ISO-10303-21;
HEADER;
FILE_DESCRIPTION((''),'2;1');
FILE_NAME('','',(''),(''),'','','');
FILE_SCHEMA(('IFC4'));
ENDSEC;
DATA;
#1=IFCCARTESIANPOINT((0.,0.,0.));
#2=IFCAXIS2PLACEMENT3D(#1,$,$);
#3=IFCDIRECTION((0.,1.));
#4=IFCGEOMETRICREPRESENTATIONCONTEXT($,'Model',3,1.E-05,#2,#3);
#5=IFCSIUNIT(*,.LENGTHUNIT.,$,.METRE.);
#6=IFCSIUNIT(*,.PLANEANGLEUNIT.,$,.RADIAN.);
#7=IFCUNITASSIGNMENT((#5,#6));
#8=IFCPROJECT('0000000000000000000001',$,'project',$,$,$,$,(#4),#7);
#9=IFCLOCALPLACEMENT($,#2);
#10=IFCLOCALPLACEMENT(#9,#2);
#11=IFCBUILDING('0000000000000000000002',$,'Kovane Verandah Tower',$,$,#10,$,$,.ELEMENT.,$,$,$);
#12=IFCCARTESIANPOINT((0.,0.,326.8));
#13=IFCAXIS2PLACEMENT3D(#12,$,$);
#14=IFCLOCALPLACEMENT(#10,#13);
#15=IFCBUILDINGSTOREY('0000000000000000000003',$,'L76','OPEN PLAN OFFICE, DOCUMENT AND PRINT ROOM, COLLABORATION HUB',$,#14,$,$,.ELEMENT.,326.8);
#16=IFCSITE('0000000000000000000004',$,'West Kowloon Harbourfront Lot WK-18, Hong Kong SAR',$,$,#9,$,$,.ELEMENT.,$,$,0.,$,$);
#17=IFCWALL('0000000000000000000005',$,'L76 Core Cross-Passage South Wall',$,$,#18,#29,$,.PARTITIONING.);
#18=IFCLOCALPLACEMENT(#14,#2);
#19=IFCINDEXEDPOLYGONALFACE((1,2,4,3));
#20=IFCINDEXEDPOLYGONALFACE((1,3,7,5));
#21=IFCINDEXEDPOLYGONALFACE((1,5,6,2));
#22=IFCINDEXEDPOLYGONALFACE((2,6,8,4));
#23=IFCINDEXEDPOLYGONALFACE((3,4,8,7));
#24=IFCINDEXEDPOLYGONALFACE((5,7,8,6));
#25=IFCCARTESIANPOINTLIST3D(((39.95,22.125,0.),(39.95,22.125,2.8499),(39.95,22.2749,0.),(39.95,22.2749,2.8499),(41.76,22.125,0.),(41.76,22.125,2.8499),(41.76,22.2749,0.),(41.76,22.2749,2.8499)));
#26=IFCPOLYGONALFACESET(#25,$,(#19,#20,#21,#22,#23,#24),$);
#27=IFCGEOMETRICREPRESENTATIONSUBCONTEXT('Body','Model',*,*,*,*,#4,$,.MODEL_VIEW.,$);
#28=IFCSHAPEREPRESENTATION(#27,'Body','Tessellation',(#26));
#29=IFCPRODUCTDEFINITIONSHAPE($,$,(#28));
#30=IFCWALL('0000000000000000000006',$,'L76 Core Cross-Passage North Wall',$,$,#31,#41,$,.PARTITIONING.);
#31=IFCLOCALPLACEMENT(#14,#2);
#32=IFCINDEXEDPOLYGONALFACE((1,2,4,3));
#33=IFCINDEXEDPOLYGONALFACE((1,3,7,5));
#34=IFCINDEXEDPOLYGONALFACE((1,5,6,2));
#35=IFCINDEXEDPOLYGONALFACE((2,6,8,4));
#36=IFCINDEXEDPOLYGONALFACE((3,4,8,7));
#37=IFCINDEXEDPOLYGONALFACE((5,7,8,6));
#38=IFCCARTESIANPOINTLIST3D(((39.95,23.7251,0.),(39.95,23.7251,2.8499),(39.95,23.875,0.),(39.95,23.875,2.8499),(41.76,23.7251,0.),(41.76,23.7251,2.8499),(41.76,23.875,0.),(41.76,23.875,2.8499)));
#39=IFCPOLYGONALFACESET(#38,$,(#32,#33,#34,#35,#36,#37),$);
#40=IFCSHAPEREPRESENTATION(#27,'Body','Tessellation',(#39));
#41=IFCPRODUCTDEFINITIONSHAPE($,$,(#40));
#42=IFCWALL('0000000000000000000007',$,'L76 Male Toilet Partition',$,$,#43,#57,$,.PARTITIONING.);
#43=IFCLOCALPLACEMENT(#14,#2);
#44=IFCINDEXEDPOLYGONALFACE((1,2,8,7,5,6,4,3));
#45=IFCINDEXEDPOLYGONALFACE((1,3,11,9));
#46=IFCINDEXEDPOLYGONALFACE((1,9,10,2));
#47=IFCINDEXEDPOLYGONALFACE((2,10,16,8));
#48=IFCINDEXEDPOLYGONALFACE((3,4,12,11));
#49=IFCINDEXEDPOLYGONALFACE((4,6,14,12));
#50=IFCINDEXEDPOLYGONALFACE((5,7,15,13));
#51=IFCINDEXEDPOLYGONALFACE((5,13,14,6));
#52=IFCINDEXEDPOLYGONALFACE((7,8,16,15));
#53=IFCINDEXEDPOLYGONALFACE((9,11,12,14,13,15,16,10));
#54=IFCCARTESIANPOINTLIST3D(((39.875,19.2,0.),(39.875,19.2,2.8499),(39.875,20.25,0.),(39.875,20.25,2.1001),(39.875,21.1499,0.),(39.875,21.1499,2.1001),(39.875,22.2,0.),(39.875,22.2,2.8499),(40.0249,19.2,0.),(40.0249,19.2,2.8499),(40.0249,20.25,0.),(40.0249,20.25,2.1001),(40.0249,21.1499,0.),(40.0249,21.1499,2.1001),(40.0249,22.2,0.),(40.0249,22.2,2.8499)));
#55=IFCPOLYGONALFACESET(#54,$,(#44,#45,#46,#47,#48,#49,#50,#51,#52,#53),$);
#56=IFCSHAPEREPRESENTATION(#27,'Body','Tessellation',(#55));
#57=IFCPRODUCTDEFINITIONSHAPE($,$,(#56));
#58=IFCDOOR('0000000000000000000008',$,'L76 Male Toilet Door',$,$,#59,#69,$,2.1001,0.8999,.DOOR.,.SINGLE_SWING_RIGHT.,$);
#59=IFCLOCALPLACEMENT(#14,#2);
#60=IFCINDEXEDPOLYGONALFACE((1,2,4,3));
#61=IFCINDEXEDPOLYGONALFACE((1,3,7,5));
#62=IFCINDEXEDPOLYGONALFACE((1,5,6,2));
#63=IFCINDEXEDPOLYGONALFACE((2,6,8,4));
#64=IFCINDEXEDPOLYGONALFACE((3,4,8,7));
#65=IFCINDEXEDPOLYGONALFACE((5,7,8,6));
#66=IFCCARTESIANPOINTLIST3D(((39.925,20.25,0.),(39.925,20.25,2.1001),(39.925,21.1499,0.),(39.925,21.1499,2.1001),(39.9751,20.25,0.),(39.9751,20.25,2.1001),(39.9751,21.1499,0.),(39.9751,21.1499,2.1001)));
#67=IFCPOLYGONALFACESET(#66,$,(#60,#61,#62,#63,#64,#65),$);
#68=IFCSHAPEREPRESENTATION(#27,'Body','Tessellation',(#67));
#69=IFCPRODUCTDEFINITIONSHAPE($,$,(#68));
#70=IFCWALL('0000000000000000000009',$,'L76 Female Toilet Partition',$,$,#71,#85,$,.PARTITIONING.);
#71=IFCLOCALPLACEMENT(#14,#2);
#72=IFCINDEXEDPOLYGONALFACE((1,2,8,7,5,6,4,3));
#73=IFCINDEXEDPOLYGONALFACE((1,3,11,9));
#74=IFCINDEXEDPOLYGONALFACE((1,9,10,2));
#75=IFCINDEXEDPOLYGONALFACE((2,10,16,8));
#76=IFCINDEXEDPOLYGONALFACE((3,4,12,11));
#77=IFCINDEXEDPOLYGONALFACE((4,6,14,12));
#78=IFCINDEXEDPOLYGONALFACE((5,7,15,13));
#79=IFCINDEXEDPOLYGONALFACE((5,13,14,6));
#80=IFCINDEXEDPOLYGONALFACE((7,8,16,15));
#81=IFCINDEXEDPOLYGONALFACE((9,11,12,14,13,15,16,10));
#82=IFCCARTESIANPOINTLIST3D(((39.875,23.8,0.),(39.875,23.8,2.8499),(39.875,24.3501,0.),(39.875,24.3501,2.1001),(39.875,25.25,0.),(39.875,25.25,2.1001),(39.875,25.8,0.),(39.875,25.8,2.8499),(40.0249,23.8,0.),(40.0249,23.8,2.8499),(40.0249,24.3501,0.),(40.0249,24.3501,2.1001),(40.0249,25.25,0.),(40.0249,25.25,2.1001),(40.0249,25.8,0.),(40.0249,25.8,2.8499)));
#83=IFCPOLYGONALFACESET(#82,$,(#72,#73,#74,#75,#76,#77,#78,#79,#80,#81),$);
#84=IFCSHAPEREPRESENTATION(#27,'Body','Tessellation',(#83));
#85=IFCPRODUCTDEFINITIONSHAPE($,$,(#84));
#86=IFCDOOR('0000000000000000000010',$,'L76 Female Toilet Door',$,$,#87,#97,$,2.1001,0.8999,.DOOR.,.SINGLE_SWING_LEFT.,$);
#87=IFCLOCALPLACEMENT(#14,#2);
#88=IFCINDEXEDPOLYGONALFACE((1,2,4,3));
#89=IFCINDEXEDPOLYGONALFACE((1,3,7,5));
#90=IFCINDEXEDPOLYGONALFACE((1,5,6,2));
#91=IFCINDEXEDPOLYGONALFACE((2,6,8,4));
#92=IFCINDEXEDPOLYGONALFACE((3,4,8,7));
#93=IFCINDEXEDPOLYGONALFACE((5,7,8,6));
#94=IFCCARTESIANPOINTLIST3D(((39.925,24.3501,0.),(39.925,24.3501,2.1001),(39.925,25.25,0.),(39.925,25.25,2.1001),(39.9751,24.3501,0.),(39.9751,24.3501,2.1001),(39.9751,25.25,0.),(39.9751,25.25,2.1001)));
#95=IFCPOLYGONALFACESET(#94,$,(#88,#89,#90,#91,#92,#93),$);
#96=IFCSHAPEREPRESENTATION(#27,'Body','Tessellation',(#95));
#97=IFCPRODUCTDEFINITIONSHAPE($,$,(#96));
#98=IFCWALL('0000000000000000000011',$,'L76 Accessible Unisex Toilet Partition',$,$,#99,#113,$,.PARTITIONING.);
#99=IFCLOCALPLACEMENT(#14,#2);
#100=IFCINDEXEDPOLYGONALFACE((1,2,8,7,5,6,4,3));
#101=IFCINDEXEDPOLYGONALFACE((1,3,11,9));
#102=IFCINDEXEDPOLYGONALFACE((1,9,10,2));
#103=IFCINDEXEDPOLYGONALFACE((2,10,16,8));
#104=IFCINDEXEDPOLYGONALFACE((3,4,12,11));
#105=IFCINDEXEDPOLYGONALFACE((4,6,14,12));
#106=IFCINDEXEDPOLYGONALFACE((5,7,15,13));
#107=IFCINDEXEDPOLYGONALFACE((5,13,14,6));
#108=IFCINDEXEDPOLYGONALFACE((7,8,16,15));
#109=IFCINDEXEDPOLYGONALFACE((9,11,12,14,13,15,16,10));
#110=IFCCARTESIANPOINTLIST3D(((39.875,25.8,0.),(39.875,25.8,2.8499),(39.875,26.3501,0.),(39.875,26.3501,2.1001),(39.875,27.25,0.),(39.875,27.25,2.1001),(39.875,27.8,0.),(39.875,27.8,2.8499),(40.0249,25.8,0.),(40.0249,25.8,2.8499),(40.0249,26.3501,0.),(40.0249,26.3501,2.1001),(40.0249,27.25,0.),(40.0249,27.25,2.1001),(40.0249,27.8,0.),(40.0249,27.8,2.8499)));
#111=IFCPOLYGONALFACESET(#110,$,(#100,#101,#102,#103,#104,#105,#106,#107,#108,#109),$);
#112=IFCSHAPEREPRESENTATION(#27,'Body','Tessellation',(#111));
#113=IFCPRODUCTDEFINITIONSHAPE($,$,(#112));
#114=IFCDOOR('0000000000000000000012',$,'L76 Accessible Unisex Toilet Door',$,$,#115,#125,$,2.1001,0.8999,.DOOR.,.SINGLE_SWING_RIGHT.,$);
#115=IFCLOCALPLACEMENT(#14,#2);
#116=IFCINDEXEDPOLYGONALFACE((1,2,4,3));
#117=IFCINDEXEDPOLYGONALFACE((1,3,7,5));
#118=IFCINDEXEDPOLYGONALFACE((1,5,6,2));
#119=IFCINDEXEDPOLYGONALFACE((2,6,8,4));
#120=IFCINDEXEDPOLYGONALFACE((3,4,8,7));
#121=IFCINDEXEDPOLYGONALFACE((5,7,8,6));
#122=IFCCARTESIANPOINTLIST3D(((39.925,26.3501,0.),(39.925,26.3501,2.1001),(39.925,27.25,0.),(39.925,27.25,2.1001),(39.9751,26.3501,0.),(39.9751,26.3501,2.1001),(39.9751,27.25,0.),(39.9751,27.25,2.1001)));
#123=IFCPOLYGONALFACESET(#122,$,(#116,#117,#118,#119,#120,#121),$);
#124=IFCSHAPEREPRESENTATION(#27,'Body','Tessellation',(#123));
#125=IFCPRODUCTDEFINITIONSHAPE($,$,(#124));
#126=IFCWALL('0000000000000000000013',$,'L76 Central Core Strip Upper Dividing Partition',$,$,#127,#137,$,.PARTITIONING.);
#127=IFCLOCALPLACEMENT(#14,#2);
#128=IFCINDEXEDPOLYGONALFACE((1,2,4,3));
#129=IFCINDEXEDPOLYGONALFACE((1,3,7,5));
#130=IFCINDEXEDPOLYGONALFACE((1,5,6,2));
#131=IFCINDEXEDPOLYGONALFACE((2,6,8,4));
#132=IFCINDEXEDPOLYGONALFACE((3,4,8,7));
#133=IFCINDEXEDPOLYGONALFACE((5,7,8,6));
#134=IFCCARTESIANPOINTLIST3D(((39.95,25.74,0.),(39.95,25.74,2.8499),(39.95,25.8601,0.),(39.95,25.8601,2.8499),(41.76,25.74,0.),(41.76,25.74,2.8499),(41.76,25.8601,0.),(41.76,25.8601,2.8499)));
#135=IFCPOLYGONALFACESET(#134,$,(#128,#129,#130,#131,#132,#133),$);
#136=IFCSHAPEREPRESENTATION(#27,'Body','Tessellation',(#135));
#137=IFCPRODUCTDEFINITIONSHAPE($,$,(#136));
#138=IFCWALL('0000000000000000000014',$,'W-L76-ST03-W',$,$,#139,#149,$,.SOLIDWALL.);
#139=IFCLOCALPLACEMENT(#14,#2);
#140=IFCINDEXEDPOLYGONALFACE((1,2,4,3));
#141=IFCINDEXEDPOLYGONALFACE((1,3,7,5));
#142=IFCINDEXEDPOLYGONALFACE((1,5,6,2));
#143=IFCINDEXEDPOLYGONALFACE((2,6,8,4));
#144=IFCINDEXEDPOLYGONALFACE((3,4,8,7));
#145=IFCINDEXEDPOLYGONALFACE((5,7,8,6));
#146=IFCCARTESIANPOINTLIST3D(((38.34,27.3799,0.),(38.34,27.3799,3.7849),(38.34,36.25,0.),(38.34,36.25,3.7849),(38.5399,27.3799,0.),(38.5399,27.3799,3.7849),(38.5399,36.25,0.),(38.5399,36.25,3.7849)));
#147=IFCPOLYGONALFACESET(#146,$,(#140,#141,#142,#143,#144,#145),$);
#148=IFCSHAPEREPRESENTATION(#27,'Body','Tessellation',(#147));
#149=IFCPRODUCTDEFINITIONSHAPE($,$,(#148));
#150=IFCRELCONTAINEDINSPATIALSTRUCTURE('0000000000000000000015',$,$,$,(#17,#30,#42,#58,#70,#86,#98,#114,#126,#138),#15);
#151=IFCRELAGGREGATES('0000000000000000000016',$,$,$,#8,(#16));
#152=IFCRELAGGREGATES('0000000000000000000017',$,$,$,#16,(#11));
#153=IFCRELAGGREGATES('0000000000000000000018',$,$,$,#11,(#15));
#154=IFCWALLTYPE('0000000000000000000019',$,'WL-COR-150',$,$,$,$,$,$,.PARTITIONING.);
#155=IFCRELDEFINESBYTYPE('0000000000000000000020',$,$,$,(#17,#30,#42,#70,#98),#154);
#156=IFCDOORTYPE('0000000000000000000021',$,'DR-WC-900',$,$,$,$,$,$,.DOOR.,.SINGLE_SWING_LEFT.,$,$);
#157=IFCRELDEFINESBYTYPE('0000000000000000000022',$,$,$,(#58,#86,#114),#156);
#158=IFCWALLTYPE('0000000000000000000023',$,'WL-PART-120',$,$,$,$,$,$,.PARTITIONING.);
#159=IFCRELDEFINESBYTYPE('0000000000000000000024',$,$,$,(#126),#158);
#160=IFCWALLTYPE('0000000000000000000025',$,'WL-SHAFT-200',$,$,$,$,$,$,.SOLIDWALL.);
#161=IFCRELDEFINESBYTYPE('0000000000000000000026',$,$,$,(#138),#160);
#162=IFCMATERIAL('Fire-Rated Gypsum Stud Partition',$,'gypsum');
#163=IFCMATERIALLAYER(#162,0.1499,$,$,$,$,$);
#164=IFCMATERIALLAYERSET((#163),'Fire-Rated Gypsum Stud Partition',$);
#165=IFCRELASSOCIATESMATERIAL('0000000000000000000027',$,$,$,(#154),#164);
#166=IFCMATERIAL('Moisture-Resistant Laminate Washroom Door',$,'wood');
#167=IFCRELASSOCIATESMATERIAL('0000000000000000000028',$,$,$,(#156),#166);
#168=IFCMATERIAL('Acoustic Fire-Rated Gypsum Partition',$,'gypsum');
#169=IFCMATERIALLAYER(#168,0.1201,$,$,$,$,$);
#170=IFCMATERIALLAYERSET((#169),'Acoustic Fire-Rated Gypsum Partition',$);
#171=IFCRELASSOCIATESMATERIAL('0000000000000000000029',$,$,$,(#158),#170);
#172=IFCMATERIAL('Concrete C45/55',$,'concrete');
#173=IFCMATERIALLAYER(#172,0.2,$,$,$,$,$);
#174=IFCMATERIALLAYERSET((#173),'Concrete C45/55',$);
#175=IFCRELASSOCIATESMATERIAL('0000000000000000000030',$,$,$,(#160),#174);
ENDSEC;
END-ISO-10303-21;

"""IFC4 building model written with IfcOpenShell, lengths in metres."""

from ifc_helpers import new_model, si_unit, direction, frame, frame_2d, origin, place, context, subcontext, project, spatial, rectangle, extrude, material, layer, layer_set, type_object, element, fill, save


model = new_model("IFC4")

# Units and contexts
model_context = context("Model", 3, precision=1e-05, world=origin(), true_north=direction((0.0, 1.0)))
body_context = subcontext(model_context, "Body", "Model", "MODEL_VIEW")
ifc_project = project(units=[si_unit("LENGTHUNIT", "METRE"), si_unit("PLANEANGLEUNIT", "RADIAN")], contexts=[model_context])

# Site, building, storey
site_placement = place(None, origin())
site = spatial("IfcSite", under=ifc_project, at=site_placement, Name="West Kowloon Harbourfront Lot WK-18, Hong Kong SAR", CompositionType="ELEMENT", RefElevation=0.0)
building_placement = place(site_placement, origin())
building = spatial("IfcBuilding", under=site, at=building_placement, Name="Kovane Verandah Tower", CompositionType="ELEMENT")
storey_placement = place(building_placement, frame((0.0, 0.0, 326.8)))
storey = spatial("IfcBuildingStorey", under=building, at=storey_placement, Name="L76", Description="OPEN PLAN OFFICE, DOCUMENT AND PRINT ROOM, COLLABORATION HUB", CompositionType="ELEMENT", Elevation=326.8)

# Walls
ifc_material_1 = material(Name="Fire-Rated Gypsum Stud Partition", Category="gypsum")
ifc_layer_1 = layer(ifc_material_1, 0.1499)
ifc_layer_set_1 = layer_set([ifc_layer_1], Name="Fire-Rated Gypsum Stud Partition")
wall_type_1 = type_object("IfcWallType", Name="WL-COR-150", PredefinedType="PARTITIONING", material=ifc_layer_set_1)
for number, where, z_axis, x_axis, name in (
    (1, (39.95, 22.2, 0.0), (0.0, 0.0, 1.0), (1.0, 0.0, 0.0), "L76 Core Cross-Passage South Wall"),
    (2, (39.95, 23.8, 0.0), (0.0, 0.0, 1.0), (1.0, 0.0, 0.0), "L76 Core Cross-Passage North Wall"),
):
    element("IfcWall", number, at=place(storey_placement, frame(where, z_axis=z_axis, x_axis=x_axis)), inside=storey, type_object=wall_type_1, Name=name, PredefinedType="PARTITIONING", context=body_context, shape_type="SweptSolid", body=[
        extrude(rectangle(XDim=1.8101, YDim=0.1499, at=frame_2d((0.905, 0.0))), origin(), (0.0, 0.0, 1.0), 2.8499),
    ])

# Walls, openings, doors
wall_1_placement = place(storey_placement, frame((39.95, 19.2, 0.0), z_axis=(0.0, 0.0, 1.0), x_axis=(0.0, 1.0, 0.0)))
wall_1 = element("IfcWall", 3, at=wall_1_placement, inside=storey, type_object=wall_type_1, Name="L76 Male Toilet Partition", PredefinedType="PARTITIONING", context=body_context, shape_type="SweptSolid", body=[
    extrude(rectangle(XDim=3.0, YDim=0.1499, at=frame_2d((1.5, 0.0))), origin(), (0.0, 0.0, 1.0), 2.8499),
])
opening_1_placement = place(wall_1_placement, frame((1.05, 0.0, 0.0)))
opening_1 = element("IfcOpeningElement", 4, at=opening_1_placement, cuts=wall_1, PredefinedType="OPENING", context=body_context, shape_type="SweptSolid", body=[
    extrude(rectangle(XDim=0.8999, YDim=2.1001, at=frame_2d((0.45, 1.05))), frame((0.0, 0.075, 0.0), z_axis=(0.0, -1.0, 0.0), x_axis=(1.0, 0.0, 0.0)), (0.0, 0.0, 1.0), 0.1499),
])
ifc_material_2 = material(Name="Moisture-Resistant Laminate Washroom Door", Category="wood")
door_type_1 = type_object("IfcDoorType", Name="DR-WC-900", OperationType="SINGLE_SWING_LEFT", PredefinedType="DOOR", material=ifc_material_2)
door_1_placement = place(opening_1_placement, origin())
door_1 = element("IfcDoor", 5, at=door_1_placement, inside=storey, type_object=door_type_1, Name="L76 Male Toilet Door", OperationType="SINGLE_SWING_RIGHT", OverallHeight=2.1001, OverallWidth=0.8999, PredefinedType="DOOR", context=body_context, shape_type="SweptSolid", body=[
    extrude(rectangle(XDim=0.8999, YDim=2.1001, at=frame_2d((0.45, 1.05))), frame((0.0, 0.0249, 0.0), z_axis=(0.0, -1.0, 0.0), x_axis=(1.0, 0.0, 0.0)), (0.0, 0.0, 1.0), 0.05),
])
fill(opening_1, door_1)
wall_2_placement = place(storey_placement, frame((39.95, 23.8, 0.0), z_axis=(0.0, 0.0, 1.0), x_axis=(0.0, 1.0, 0.0)))
wall_2 = element("IfcWall", 6, at=wall_2_placement, inside=storey, type_object=wall_type_1, Name="L76 Female Toilet Partition", PredefinedType="PARTITIONING", context=body_context, shape_type="SweptSolid", body=[
    extrude(rectangle(XDim=2.0, YDim=0.1499, at=frame_2d((1.0, 0.0))), origin(), (0.0, 0.0, 1.0), 2.8499),
])
opening_2_placement = place(wall_2_placement, frame((0.55, 0.0, 0.0)))
opening_2 = element("IfcOpeningElement", 7, at=opening_2_placement, cuts=wall_2, PredefinedType="OPENING", context=body_context, shape_type="SweptSolid", body=[
    extrude(rectangle(XDim=0.8999, YDim=2.1001, at=frame_2d((0.45, 1.05))), frame((0.0, 0.075, 0.0), z_axis=(0.0, -1.0, 0.0), x_axis=(1.0, 0.0, 0.0)), (0.0, 0.0, 1.0), 0.1499),
])
door_2_placement = place(opening_2_placement, origin())
door_2 = element("IfcDoor", 8, at=door_2_placement, inside=storey, type_object=door_type_1, Name="L76 Female Toilet Door", OperationType="SINGLE_SWING_LEFT", OverallHeight=2.1001, OverallWidth=0.8999, PredefinedType="DOOR", context=body_context, shape_type="SweptSolid", body=[
    extrude(rectangle(XDim=0.8999, YDim=2.1001, at=frame_2d((0.45, 1.05))), frame((0.0, 0.0249, 0.0), z_axis=(0.0, -1.0, 0.0), x_axis=(1.0, 0.0, 0.0)), (0.0, 0.0, 1.0), 0.05),
])
fill(opening_2, door_2)
wall_3_placement = place(storey_placement, frame((39.95, 25.8, 0.0), z_axis=(0.0, 0.0, 1.0), x_axis=(0.0, 1.0, 0.0)))
wall_3 = element("IfcWall", 9, at=wall_3_placement, inside=storey, type_object=wall_type_1, Name="L76 Accessible Unisex Toilet Partition", PredefinedType="PARTITIONING", context=body_context, shape_type="SweptSolid", body=[
    extrude(rectangle(XDim=2.0, YDim=0.1499, at=frame_2d((1.0, 0.0))), origin(), (0.0, 0.0, 1.0), 2.8499),
])
opening_3_placement = place(wall_3_placement, frame((0.55, 0.0, 0.0)))
opening_3 = element("IfcOpeningElement", 10, at=opening_3_placement, cuts=wall_3, PredefinedType="OPENING", context=body_context, shape_type="SweptSolid", body=[
    extrude(rectangle(XDim=0.8999, YDim=2.1001, at=frame_2d((0.45, 1.05))), frame((0.0, 0.075, 0.0), z_axis=(0.0, -1.0, 0.0), x_axis=(1.0, 0.0, 0.0)), (0.0, 0.0, 1.0), 0.1499),
])
door_3_placement = place(opening_3_placement, origin())
door_3 = element("IfcDoor", 11, at=door_3_placement, inside=storey, type_object=door_type_1, Name="L76 Accessible Unisex Toilet Door", OperationType="SINGLE_SWING_RIGHT", OverallHeight=2.1001, OverallWidth=0.8999, PredefinedType="DOOR", context=body_context, shape_type="SweptSolid", body=[
    extrude(rectangle(XDim=0.8999, YDim=2.1001, at=frame_2d((0.45, 1.05))), frame((0.0, 0.0249, 0.0), z_axis=(0.0, -1.0, 0.0), x_axis=(1.0, 0.0, 0.0)), (0.0, 0.0, 1.0), 0.05),
])
fill(opening_3, door_3)

# Walls
ifc_material_3 = material(Name="Acoustic Fire-Rated Gypsum Partition", Category="gypsum")
ifc_layer_2 = layer(ifc_material_3, 0.1201)
ifc_layer_set_2 = layer_set([ifc_layer_2], Name="Acoustic Fire-Rated Gypsum Partition")
wall_type_2 = type_object("IfcWallType", Name="WL-PART-120", PredefinedType="PARTITIONING", material=ifc_layer_set_2)
wall_4_placement = place(storey_placement, frame((39.95, 25.8, 0.0), z_axis=(0.0, 0.0, 1.0), x_axis=(1.0, 0.0, 0.0)))
element("IfcWall", 12, at=wall_4_placement, inside=storey, type_object=wall_type_2, Name="L76 Central Core Strip Upper Dividing Partition", PredefinedType="PARTITIONING", context=body_context, shape_type="SweptSolid", body=[
    extrude(rectangle(XDim=1.8101, YDim=0.1201, at=frame_2d((0.905, 0.0))), origin(), (0.0, 0.0, 1.0), 2.8499),
])
ifc_material_4 = material(Name="Concrete C45/55", Category="concrete")
ifc_layer_3 = layer(ifc_material_4, 0.2)
ifc_layer_set_3 = layer_set([ifc_layer_3], Name="Concrete C45/55")
wall_type_3 = type_object("IfcWallType", Name="WL-SHAFT-200", PredefinedType="SOLIDWALL", material=ifc_layer_set_3)
wall_5_placement = place(storey_placement, frame((38.4399, 27.3799, 0.0), z_axis=(0.0, 0.0, 1.0), x_axis=(0.0, 1.0, 0.0)))
element("IfcWall", 13, at=wall_5_placement, inside=storey, type_object=wall_type_3, Name="W-L76-ST03-W", PredefinedType="SOLIDWALL", context=body_context, shape_type="SweptSolid", body=[
    extrude(rectangle(XDim=8.8701, YDim=0.2, at=frame_2d((4.4351, 0.0))), origin(), (0.0, 0.0, 1.0), 3.7849),
])

save(model, "model.ifc")
